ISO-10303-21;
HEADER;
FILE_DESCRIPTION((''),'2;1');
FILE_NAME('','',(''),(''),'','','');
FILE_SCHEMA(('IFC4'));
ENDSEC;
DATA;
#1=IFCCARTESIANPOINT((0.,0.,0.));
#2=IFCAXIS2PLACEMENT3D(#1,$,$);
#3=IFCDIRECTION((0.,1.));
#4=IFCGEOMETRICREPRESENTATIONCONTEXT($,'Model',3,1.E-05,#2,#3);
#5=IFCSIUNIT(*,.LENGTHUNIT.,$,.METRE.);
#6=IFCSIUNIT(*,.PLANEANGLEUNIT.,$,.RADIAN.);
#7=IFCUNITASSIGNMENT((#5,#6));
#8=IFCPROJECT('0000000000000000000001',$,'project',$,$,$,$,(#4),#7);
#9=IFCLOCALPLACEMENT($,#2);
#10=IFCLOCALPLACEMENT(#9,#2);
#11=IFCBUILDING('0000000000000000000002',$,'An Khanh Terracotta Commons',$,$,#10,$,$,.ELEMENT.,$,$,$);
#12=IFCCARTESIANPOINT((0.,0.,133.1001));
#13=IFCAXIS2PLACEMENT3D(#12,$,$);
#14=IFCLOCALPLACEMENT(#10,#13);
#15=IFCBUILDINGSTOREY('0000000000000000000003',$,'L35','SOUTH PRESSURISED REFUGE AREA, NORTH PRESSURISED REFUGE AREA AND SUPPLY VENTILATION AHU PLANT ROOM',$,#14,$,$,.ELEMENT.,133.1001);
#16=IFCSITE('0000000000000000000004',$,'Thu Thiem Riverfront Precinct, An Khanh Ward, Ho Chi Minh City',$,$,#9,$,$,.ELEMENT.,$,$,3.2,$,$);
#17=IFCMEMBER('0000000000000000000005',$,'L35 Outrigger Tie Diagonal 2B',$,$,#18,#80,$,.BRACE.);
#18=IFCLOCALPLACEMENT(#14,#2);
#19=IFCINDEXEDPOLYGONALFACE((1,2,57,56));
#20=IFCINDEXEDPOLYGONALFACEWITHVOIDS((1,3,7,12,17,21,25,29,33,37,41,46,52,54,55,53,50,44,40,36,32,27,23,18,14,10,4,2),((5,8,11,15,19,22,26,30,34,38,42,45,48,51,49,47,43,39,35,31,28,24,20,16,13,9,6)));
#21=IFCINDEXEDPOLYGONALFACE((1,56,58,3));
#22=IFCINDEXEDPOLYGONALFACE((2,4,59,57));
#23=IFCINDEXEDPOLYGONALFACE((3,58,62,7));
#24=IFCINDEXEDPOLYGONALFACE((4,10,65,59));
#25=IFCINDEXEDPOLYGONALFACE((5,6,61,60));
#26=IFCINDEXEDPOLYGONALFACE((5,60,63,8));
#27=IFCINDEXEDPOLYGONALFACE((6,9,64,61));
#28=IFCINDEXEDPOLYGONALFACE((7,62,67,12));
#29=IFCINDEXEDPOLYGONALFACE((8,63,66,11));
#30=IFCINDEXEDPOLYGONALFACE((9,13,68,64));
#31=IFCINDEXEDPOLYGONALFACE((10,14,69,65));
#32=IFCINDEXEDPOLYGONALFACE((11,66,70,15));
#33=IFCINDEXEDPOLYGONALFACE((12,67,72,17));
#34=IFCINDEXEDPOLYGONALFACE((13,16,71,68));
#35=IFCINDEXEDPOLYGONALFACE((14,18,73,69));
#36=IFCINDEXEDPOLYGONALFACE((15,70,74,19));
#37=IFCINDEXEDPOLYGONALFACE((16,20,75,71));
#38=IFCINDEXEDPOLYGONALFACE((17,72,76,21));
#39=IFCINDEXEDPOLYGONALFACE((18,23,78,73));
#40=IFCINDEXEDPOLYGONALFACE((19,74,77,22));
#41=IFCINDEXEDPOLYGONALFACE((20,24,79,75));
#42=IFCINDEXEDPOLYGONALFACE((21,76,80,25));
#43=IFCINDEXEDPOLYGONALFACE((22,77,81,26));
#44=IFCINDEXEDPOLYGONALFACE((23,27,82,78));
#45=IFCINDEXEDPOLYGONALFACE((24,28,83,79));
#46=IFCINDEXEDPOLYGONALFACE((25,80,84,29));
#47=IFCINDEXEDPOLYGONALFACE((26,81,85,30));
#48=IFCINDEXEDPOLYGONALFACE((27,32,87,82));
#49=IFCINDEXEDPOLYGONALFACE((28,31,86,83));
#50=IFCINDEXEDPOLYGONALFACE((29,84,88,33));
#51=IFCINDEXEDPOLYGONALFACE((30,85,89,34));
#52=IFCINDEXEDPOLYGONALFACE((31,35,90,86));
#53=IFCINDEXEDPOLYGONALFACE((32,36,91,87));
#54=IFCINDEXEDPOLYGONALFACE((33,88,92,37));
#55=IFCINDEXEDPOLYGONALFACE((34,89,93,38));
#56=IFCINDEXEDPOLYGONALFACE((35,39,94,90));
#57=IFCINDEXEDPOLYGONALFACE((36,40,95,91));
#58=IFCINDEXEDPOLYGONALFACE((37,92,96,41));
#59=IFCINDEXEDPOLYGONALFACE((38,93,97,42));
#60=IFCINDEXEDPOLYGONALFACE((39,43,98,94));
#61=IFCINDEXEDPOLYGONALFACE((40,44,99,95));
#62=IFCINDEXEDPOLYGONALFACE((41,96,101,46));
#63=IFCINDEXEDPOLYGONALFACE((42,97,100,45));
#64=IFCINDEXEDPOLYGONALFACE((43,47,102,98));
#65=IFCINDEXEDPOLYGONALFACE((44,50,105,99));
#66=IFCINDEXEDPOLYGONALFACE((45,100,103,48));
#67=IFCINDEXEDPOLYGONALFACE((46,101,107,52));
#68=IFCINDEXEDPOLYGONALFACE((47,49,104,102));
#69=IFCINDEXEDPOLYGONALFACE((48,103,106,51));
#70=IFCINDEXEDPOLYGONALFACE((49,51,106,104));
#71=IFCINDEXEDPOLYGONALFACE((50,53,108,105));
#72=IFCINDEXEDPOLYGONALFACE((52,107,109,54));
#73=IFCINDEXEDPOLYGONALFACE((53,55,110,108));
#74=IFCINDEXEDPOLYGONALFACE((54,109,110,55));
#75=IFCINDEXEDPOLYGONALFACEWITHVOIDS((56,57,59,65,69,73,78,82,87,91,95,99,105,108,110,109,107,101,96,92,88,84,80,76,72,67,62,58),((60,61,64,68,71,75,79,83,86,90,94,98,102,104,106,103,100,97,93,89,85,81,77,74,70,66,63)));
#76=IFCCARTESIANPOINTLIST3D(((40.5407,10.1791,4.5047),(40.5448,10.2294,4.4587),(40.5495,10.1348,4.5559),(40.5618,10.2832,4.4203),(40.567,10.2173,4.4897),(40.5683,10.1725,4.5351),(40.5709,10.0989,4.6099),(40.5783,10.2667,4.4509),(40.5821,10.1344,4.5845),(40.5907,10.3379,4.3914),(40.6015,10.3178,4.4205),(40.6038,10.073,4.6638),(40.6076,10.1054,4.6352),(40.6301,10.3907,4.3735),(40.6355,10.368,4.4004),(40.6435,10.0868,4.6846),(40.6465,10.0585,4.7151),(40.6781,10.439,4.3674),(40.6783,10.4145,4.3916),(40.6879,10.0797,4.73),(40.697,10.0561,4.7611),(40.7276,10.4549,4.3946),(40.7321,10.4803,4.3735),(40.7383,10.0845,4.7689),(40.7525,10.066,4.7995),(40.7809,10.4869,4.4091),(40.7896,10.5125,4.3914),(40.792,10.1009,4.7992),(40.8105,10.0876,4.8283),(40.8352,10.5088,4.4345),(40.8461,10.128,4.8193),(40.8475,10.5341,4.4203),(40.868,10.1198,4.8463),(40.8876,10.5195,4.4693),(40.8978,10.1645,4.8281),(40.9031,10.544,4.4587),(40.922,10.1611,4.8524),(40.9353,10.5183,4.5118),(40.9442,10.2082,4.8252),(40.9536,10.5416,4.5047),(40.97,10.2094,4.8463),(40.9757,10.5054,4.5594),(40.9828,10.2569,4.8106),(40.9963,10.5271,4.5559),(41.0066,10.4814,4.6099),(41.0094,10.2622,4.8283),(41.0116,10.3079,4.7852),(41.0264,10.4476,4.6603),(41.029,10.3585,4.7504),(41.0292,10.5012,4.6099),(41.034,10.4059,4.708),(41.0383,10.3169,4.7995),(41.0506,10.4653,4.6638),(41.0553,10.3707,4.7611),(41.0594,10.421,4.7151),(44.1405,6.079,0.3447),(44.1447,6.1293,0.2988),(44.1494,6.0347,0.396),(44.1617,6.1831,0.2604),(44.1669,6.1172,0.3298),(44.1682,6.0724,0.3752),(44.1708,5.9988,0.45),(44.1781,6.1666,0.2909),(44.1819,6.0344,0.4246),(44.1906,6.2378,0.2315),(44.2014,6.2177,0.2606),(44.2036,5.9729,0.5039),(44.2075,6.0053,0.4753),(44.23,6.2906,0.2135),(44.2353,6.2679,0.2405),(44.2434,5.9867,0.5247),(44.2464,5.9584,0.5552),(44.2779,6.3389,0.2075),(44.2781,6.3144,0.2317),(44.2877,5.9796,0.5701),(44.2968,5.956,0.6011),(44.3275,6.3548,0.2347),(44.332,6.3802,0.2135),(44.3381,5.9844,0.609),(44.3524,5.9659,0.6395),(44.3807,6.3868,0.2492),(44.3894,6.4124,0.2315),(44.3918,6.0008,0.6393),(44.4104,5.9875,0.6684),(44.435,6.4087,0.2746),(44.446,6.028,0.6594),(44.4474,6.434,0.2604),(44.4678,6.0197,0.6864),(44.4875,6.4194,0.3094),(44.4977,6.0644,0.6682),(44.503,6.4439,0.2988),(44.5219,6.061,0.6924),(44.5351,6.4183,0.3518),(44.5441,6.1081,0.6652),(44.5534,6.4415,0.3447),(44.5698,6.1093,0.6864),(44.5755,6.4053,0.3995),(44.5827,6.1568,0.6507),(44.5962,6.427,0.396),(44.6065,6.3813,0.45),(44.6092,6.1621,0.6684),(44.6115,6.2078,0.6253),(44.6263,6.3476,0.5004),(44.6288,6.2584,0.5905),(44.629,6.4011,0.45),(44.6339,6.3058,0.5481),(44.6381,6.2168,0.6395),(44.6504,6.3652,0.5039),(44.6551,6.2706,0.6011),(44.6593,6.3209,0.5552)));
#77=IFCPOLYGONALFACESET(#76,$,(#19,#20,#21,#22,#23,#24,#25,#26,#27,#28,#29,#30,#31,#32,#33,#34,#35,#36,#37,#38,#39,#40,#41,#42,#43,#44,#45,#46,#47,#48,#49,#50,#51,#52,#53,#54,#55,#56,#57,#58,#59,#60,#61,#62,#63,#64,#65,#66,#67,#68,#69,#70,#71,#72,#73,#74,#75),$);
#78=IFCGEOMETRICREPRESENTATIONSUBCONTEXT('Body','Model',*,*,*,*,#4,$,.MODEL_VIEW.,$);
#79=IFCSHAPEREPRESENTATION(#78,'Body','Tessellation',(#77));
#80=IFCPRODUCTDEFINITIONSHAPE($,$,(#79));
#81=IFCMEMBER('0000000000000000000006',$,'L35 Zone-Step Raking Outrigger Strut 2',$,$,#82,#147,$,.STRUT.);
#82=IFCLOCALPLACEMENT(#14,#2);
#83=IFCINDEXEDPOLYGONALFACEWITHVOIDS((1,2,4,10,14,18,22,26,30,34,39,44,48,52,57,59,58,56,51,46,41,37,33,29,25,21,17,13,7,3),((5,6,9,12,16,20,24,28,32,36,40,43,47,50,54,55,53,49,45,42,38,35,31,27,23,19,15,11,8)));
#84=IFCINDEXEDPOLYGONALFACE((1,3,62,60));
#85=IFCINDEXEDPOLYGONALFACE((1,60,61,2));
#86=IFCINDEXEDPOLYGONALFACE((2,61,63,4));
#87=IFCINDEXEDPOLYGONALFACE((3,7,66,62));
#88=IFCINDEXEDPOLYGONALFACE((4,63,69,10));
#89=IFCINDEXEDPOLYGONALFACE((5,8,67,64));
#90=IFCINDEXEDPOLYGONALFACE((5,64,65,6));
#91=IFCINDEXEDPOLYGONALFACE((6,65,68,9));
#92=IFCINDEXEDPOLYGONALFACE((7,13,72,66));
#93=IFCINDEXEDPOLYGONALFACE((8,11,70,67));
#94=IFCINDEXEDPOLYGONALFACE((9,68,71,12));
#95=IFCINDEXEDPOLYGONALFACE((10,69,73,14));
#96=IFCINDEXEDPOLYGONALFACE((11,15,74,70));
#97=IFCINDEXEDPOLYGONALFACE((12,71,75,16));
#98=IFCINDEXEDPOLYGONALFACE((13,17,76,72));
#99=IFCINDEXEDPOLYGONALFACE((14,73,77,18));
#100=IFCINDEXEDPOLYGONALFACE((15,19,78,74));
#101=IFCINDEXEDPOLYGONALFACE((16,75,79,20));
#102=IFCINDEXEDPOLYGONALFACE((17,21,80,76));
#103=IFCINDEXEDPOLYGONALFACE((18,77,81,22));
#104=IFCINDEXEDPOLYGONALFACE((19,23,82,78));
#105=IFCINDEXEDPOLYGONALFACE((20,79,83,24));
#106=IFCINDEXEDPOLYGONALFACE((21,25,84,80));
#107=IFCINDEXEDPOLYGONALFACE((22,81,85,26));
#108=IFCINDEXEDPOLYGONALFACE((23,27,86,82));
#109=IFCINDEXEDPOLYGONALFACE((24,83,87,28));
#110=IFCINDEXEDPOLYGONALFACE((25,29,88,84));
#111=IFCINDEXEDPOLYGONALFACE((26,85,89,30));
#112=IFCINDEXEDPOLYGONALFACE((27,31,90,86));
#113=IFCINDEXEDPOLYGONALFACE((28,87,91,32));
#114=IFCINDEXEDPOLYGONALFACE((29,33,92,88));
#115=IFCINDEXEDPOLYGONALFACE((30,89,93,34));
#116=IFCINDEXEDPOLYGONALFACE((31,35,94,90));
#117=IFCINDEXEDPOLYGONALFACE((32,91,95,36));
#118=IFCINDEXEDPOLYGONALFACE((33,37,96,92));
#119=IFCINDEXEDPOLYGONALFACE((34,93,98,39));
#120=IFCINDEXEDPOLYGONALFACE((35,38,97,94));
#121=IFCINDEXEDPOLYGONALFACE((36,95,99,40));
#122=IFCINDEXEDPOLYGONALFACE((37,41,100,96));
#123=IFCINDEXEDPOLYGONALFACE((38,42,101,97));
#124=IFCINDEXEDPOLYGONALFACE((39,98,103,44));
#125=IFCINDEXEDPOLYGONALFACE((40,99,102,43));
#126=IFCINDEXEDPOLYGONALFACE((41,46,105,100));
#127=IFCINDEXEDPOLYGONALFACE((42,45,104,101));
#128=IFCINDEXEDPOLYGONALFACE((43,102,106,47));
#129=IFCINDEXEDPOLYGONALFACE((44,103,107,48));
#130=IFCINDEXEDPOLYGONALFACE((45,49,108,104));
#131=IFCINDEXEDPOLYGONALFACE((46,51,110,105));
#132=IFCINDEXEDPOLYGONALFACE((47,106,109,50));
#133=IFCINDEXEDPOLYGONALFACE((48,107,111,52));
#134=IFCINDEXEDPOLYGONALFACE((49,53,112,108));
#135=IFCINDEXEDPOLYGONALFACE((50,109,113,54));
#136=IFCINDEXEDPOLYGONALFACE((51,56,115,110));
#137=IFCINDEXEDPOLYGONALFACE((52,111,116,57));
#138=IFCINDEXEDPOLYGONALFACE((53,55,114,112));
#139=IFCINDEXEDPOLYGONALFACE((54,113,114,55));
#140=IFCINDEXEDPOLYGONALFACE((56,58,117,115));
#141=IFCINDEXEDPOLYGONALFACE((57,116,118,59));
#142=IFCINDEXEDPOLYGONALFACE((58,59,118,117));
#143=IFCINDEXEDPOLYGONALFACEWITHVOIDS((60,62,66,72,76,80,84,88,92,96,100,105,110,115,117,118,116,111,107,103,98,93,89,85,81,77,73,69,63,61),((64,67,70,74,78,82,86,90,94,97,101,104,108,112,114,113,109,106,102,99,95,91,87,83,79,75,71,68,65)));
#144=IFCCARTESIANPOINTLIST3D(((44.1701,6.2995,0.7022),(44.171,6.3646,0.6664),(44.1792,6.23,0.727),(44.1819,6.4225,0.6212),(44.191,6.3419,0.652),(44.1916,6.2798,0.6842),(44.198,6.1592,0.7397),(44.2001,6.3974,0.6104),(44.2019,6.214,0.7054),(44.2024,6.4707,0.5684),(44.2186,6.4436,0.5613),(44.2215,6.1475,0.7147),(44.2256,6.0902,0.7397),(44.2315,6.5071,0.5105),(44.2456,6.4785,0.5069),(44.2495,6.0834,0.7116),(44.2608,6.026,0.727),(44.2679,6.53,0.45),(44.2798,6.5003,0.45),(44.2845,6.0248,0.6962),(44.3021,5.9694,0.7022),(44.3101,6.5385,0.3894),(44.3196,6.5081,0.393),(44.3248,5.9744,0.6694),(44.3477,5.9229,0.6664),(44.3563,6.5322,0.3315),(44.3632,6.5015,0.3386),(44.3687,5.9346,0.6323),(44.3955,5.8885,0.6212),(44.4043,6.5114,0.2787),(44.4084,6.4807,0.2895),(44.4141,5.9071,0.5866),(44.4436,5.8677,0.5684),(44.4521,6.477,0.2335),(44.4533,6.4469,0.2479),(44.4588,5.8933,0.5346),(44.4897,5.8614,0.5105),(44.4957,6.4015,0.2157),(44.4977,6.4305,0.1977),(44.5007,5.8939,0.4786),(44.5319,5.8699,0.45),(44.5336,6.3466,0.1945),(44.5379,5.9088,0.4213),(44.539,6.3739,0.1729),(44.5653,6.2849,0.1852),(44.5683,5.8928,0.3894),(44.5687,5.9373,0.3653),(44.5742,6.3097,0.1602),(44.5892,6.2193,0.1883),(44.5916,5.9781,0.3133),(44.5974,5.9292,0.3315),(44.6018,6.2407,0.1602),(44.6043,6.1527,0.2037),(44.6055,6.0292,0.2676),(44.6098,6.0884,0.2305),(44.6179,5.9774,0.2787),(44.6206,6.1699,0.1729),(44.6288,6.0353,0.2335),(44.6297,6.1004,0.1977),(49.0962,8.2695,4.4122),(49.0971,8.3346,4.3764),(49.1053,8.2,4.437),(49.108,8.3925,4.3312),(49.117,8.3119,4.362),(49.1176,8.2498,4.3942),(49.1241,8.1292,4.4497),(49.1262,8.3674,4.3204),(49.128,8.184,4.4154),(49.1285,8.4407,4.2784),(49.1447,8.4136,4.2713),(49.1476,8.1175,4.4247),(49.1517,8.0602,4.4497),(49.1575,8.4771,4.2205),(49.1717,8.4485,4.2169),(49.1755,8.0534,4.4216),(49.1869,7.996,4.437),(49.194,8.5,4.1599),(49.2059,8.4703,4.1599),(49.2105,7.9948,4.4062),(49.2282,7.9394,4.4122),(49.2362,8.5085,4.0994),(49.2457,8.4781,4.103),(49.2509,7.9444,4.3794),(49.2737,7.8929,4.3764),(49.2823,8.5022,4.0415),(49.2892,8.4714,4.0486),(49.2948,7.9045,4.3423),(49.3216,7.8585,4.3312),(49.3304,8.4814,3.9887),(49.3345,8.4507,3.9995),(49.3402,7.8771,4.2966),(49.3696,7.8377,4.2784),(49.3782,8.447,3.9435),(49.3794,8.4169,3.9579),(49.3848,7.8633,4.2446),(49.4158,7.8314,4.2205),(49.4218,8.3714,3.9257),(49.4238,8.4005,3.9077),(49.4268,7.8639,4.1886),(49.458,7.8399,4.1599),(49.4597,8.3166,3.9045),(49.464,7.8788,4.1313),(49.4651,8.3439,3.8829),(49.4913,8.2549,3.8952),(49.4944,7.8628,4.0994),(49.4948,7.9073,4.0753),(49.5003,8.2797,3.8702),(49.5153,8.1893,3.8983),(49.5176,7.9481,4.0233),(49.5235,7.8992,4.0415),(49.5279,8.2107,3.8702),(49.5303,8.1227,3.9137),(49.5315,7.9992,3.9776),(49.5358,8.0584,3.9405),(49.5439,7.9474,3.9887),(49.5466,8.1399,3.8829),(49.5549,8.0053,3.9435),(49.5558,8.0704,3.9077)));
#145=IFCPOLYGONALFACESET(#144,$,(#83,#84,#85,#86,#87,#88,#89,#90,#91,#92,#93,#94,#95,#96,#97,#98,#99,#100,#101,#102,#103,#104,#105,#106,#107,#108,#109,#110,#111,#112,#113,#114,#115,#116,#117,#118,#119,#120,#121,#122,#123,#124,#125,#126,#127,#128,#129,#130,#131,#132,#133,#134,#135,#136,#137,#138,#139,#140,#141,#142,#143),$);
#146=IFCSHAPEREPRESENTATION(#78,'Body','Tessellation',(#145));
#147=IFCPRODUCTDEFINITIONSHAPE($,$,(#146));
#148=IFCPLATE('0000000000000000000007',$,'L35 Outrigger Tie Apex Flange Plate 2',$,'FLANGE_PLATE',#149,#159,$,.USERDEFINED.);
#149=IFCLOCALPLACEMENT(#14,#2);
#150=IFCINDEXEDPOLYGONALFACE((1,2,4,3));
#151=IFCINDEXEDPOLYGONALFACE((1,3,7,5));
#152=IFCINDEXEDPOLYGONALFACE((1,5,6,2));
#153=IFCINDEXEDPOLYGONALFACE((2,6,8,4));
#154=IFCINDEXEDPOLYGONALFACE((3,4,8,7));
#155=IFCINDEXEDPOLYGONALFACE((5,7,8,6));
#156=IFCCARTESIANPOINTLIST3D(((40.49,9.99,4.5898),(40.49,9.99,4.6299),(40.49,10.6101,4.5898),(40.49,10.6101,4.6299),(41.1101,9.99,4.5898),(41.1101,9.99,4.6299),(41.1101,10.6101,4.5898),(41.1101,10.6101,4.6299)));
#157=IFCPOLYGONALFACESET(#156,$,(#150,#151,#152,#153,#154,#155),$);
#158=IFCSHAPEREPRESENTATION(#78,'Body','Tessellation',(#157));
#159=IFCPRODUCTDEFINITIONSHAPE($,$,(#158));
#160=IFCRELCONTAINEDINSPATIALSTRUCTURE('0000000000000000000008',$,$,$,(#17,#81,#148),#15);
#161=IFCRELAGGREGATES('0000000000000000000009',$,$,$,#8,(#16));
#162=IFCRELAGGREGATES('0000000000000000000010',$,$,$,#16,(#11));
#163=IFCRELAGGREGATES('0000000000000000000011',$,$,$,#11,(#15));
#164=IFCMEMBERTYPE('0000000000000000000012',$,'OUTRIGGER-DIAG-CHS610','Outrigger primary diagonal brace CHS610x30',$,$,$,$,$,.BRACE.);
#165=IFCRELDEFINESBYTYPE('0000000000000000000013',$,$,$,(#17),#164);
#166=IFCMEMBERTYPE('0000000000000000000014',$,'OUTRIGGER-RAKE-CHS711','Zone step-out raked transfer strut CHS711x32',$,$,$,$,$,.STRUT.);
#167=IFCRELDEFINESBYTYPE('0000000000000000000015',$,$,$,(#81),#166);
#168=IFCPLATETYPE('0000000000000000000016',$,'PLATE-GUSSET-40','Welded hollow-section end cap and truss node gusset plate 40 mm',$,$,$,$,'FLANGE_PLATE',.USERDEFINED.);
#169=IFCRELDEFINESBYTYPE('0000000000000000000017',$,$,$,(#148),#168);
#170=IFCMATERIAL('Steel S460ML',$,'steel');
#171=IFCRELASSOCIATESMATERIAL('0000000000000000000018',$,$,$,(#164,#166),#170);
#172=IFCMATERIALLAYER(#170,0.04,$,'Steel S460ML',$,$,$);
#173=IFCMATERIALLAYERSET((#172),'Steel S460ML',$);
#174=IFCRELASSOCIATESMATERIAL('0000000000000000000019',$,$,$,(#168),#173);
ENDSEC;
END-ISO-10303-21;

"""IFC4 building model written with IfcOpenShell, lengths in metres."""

from ifc_helpers import new_model, si_unit, direction, frame, origin, origin_2d, place, context, subcontext, project, spatial, rectangle, hollow_circle, extrude, material, layer, layer_set, material_profile, profile_set, type_object, element, save


model = new_model("IFC4")

# Units and contexts
model_context = context("Model", 3, precision=1e-05, world=origin(), true_north=direction((0.0, 1.0)))
body_context = subcontext(model_context, "Body", "Model", "MODEL_VIEW")
ifc_project = project(units=[si_unit("LENGTHUNIT", "METRE"), si_unit("PLANEANGLEUNIT", "RADIAN")], contexts=[model_context])

# Site, building, storey
site_placement = place(None, origin())
site = spatial("IfcSite", under=ifc_project, at=site_placement, Name="Thu Thiem Riverfront Precinct, An Khanh Ward, Ho Chi Minh City", CompositionType="ELEMENT", RefElevation=3.2)
building_placement = place(site_placement, origin())
building = spatial("IfcBuilding", under=site, at=building_placement, Name="An Khanh Terracotta Commons", CompositionType="ELEMENT")
storey_placement = place(building_placement, frame((0.0, 0.0, 133.1001)))
storey = spatial("IfcBuildingStorey", under=building, at=storey_placement, Name="L35", Description="SOUTH PRESSURISED REFUGE AREA, NORTH PRESSURISED REFUGE AREA AND SUPPLY VENTILATION AHU PLANT ROOM", CompositionType="ELEMENT", Elevation=133.1001)

# Shared definitions
ifc_material_1 = material(Name="Steel S460ML", Category="steel")

# Members
ifc_material_profile_1 = material_profile(ifc_material_1, hollow_circle(Radius=0.3049, WallThickness=0.03, at=origin_2d()), Name="CHS610x30")
ifc_profile_set_1 = profile_set([ifc_material_profile_1], Name="Steel S460ML")
member_type_1 = type_object("IfcMemberType", Name="OUTRIGGER-DIAG-CHS610", Description="Outrigger primary diagonal brace CHS610x30", PredefinedType="BRACE", material=ifc_profile_set_1)
for number, where, z_axis, x_axis, name in (
    (1, (40.8, 10.3, 4.6099), (0.524676, -0.597587, -0.606304), (0.751461, 0.659777, 0.0), "L35 Outrigger Tie Diagonal 2B"),
):
    element("IfcMember", number, at=place(storey_placement, frame(where, z_axis=z_axis, x_axis=x_axis)), inside=storey, type_object=member_type_1, Name=name, PredefinedType="BRACE", context=body_context, shape_type="SweptSolid", body=[
        extrude(hollow_circle(Radius=0.3049, WallThickness=0.03, at=origin_2d()), origin(), (0.0, 0.0, 1.0), 6.8611),
    ])
ifc_material_profile_2 = material_profile(ifc_material_1, hollow_circle(Radius=0.3555, WallThickness=0.032, at=origin_2d()), Name="CHS711x32")
ifc_profile_set_2 = profile_set([ifc_material_profile_2], Name="Steel S460ML")
member_type_2 = type_object("IfcMemberType", Name="OUTRIGGER-RAKE-CHS711", Description="Zone step-out raked transfer strut CHS711x32", PredefinedType="STRUT", material=ifc_profile_set_2)
member_1_placement = place(storey_placement, frame((44.3999, 6.2, 0.45), z_axis=(0.760915, 0.304298, 0.573072), x_axis=(-0.371319, 0.928505, 0.0)))
element("IfcMember", 2, at=member_1_placement, inside=storey, type_object=member_type_2, Name="L35 Zone-Step Raking Outrigger Strut 2", PredefinedType="STRUT", context=body_context, shape_type="SweptSolid", body=[
    extrude(hollow_circle(Radius=0.3555, WallThickness=0.032, at=origin_2d()), origin(), (0.0, 0.0, 1.0), 6.4739),
])

# Plate
ifc_layer_1 = layer(ifc_material_1, 0.04, Name="Steel S460ML")
ifc_layer_set_1 = layer_set([ifc_layer_1], Name="Steel S460ML")
plate_type = type_object("IfcPlateType", Name="PLATE-GUSSET-40", Description="Welded hollow-section end cap and truss node gusset plate 40 mm", ElementType="FLANGE_PLATE", PredefinedType="USERDEFINED", material=ifc_layer_set_1)
plate_placement = place(storey_placement, frame((40.8, 10.3, 4.5898), z_axis=(0.0, 0.0, 1.0), x_axis=(1.0, 0.0, 0.0)))
element("IfcPlate", 3, at=plate_placement, inside=storey, type_object=plate_type, Name="L35 Outrigger Tie Apex Flange Plate 2", ObjectType="FLANGE_PLATE", PredefinedType="USERDEFINED", context=body_context, shape_type="SweptSolid", body=[
    extrude(rectangle(XDim=0.6201, YDim=0.6201, at=origin_2d()), origin(), (0.0, 0.0, 1.0), 0.04),
])

save(model, "model.ifc")
